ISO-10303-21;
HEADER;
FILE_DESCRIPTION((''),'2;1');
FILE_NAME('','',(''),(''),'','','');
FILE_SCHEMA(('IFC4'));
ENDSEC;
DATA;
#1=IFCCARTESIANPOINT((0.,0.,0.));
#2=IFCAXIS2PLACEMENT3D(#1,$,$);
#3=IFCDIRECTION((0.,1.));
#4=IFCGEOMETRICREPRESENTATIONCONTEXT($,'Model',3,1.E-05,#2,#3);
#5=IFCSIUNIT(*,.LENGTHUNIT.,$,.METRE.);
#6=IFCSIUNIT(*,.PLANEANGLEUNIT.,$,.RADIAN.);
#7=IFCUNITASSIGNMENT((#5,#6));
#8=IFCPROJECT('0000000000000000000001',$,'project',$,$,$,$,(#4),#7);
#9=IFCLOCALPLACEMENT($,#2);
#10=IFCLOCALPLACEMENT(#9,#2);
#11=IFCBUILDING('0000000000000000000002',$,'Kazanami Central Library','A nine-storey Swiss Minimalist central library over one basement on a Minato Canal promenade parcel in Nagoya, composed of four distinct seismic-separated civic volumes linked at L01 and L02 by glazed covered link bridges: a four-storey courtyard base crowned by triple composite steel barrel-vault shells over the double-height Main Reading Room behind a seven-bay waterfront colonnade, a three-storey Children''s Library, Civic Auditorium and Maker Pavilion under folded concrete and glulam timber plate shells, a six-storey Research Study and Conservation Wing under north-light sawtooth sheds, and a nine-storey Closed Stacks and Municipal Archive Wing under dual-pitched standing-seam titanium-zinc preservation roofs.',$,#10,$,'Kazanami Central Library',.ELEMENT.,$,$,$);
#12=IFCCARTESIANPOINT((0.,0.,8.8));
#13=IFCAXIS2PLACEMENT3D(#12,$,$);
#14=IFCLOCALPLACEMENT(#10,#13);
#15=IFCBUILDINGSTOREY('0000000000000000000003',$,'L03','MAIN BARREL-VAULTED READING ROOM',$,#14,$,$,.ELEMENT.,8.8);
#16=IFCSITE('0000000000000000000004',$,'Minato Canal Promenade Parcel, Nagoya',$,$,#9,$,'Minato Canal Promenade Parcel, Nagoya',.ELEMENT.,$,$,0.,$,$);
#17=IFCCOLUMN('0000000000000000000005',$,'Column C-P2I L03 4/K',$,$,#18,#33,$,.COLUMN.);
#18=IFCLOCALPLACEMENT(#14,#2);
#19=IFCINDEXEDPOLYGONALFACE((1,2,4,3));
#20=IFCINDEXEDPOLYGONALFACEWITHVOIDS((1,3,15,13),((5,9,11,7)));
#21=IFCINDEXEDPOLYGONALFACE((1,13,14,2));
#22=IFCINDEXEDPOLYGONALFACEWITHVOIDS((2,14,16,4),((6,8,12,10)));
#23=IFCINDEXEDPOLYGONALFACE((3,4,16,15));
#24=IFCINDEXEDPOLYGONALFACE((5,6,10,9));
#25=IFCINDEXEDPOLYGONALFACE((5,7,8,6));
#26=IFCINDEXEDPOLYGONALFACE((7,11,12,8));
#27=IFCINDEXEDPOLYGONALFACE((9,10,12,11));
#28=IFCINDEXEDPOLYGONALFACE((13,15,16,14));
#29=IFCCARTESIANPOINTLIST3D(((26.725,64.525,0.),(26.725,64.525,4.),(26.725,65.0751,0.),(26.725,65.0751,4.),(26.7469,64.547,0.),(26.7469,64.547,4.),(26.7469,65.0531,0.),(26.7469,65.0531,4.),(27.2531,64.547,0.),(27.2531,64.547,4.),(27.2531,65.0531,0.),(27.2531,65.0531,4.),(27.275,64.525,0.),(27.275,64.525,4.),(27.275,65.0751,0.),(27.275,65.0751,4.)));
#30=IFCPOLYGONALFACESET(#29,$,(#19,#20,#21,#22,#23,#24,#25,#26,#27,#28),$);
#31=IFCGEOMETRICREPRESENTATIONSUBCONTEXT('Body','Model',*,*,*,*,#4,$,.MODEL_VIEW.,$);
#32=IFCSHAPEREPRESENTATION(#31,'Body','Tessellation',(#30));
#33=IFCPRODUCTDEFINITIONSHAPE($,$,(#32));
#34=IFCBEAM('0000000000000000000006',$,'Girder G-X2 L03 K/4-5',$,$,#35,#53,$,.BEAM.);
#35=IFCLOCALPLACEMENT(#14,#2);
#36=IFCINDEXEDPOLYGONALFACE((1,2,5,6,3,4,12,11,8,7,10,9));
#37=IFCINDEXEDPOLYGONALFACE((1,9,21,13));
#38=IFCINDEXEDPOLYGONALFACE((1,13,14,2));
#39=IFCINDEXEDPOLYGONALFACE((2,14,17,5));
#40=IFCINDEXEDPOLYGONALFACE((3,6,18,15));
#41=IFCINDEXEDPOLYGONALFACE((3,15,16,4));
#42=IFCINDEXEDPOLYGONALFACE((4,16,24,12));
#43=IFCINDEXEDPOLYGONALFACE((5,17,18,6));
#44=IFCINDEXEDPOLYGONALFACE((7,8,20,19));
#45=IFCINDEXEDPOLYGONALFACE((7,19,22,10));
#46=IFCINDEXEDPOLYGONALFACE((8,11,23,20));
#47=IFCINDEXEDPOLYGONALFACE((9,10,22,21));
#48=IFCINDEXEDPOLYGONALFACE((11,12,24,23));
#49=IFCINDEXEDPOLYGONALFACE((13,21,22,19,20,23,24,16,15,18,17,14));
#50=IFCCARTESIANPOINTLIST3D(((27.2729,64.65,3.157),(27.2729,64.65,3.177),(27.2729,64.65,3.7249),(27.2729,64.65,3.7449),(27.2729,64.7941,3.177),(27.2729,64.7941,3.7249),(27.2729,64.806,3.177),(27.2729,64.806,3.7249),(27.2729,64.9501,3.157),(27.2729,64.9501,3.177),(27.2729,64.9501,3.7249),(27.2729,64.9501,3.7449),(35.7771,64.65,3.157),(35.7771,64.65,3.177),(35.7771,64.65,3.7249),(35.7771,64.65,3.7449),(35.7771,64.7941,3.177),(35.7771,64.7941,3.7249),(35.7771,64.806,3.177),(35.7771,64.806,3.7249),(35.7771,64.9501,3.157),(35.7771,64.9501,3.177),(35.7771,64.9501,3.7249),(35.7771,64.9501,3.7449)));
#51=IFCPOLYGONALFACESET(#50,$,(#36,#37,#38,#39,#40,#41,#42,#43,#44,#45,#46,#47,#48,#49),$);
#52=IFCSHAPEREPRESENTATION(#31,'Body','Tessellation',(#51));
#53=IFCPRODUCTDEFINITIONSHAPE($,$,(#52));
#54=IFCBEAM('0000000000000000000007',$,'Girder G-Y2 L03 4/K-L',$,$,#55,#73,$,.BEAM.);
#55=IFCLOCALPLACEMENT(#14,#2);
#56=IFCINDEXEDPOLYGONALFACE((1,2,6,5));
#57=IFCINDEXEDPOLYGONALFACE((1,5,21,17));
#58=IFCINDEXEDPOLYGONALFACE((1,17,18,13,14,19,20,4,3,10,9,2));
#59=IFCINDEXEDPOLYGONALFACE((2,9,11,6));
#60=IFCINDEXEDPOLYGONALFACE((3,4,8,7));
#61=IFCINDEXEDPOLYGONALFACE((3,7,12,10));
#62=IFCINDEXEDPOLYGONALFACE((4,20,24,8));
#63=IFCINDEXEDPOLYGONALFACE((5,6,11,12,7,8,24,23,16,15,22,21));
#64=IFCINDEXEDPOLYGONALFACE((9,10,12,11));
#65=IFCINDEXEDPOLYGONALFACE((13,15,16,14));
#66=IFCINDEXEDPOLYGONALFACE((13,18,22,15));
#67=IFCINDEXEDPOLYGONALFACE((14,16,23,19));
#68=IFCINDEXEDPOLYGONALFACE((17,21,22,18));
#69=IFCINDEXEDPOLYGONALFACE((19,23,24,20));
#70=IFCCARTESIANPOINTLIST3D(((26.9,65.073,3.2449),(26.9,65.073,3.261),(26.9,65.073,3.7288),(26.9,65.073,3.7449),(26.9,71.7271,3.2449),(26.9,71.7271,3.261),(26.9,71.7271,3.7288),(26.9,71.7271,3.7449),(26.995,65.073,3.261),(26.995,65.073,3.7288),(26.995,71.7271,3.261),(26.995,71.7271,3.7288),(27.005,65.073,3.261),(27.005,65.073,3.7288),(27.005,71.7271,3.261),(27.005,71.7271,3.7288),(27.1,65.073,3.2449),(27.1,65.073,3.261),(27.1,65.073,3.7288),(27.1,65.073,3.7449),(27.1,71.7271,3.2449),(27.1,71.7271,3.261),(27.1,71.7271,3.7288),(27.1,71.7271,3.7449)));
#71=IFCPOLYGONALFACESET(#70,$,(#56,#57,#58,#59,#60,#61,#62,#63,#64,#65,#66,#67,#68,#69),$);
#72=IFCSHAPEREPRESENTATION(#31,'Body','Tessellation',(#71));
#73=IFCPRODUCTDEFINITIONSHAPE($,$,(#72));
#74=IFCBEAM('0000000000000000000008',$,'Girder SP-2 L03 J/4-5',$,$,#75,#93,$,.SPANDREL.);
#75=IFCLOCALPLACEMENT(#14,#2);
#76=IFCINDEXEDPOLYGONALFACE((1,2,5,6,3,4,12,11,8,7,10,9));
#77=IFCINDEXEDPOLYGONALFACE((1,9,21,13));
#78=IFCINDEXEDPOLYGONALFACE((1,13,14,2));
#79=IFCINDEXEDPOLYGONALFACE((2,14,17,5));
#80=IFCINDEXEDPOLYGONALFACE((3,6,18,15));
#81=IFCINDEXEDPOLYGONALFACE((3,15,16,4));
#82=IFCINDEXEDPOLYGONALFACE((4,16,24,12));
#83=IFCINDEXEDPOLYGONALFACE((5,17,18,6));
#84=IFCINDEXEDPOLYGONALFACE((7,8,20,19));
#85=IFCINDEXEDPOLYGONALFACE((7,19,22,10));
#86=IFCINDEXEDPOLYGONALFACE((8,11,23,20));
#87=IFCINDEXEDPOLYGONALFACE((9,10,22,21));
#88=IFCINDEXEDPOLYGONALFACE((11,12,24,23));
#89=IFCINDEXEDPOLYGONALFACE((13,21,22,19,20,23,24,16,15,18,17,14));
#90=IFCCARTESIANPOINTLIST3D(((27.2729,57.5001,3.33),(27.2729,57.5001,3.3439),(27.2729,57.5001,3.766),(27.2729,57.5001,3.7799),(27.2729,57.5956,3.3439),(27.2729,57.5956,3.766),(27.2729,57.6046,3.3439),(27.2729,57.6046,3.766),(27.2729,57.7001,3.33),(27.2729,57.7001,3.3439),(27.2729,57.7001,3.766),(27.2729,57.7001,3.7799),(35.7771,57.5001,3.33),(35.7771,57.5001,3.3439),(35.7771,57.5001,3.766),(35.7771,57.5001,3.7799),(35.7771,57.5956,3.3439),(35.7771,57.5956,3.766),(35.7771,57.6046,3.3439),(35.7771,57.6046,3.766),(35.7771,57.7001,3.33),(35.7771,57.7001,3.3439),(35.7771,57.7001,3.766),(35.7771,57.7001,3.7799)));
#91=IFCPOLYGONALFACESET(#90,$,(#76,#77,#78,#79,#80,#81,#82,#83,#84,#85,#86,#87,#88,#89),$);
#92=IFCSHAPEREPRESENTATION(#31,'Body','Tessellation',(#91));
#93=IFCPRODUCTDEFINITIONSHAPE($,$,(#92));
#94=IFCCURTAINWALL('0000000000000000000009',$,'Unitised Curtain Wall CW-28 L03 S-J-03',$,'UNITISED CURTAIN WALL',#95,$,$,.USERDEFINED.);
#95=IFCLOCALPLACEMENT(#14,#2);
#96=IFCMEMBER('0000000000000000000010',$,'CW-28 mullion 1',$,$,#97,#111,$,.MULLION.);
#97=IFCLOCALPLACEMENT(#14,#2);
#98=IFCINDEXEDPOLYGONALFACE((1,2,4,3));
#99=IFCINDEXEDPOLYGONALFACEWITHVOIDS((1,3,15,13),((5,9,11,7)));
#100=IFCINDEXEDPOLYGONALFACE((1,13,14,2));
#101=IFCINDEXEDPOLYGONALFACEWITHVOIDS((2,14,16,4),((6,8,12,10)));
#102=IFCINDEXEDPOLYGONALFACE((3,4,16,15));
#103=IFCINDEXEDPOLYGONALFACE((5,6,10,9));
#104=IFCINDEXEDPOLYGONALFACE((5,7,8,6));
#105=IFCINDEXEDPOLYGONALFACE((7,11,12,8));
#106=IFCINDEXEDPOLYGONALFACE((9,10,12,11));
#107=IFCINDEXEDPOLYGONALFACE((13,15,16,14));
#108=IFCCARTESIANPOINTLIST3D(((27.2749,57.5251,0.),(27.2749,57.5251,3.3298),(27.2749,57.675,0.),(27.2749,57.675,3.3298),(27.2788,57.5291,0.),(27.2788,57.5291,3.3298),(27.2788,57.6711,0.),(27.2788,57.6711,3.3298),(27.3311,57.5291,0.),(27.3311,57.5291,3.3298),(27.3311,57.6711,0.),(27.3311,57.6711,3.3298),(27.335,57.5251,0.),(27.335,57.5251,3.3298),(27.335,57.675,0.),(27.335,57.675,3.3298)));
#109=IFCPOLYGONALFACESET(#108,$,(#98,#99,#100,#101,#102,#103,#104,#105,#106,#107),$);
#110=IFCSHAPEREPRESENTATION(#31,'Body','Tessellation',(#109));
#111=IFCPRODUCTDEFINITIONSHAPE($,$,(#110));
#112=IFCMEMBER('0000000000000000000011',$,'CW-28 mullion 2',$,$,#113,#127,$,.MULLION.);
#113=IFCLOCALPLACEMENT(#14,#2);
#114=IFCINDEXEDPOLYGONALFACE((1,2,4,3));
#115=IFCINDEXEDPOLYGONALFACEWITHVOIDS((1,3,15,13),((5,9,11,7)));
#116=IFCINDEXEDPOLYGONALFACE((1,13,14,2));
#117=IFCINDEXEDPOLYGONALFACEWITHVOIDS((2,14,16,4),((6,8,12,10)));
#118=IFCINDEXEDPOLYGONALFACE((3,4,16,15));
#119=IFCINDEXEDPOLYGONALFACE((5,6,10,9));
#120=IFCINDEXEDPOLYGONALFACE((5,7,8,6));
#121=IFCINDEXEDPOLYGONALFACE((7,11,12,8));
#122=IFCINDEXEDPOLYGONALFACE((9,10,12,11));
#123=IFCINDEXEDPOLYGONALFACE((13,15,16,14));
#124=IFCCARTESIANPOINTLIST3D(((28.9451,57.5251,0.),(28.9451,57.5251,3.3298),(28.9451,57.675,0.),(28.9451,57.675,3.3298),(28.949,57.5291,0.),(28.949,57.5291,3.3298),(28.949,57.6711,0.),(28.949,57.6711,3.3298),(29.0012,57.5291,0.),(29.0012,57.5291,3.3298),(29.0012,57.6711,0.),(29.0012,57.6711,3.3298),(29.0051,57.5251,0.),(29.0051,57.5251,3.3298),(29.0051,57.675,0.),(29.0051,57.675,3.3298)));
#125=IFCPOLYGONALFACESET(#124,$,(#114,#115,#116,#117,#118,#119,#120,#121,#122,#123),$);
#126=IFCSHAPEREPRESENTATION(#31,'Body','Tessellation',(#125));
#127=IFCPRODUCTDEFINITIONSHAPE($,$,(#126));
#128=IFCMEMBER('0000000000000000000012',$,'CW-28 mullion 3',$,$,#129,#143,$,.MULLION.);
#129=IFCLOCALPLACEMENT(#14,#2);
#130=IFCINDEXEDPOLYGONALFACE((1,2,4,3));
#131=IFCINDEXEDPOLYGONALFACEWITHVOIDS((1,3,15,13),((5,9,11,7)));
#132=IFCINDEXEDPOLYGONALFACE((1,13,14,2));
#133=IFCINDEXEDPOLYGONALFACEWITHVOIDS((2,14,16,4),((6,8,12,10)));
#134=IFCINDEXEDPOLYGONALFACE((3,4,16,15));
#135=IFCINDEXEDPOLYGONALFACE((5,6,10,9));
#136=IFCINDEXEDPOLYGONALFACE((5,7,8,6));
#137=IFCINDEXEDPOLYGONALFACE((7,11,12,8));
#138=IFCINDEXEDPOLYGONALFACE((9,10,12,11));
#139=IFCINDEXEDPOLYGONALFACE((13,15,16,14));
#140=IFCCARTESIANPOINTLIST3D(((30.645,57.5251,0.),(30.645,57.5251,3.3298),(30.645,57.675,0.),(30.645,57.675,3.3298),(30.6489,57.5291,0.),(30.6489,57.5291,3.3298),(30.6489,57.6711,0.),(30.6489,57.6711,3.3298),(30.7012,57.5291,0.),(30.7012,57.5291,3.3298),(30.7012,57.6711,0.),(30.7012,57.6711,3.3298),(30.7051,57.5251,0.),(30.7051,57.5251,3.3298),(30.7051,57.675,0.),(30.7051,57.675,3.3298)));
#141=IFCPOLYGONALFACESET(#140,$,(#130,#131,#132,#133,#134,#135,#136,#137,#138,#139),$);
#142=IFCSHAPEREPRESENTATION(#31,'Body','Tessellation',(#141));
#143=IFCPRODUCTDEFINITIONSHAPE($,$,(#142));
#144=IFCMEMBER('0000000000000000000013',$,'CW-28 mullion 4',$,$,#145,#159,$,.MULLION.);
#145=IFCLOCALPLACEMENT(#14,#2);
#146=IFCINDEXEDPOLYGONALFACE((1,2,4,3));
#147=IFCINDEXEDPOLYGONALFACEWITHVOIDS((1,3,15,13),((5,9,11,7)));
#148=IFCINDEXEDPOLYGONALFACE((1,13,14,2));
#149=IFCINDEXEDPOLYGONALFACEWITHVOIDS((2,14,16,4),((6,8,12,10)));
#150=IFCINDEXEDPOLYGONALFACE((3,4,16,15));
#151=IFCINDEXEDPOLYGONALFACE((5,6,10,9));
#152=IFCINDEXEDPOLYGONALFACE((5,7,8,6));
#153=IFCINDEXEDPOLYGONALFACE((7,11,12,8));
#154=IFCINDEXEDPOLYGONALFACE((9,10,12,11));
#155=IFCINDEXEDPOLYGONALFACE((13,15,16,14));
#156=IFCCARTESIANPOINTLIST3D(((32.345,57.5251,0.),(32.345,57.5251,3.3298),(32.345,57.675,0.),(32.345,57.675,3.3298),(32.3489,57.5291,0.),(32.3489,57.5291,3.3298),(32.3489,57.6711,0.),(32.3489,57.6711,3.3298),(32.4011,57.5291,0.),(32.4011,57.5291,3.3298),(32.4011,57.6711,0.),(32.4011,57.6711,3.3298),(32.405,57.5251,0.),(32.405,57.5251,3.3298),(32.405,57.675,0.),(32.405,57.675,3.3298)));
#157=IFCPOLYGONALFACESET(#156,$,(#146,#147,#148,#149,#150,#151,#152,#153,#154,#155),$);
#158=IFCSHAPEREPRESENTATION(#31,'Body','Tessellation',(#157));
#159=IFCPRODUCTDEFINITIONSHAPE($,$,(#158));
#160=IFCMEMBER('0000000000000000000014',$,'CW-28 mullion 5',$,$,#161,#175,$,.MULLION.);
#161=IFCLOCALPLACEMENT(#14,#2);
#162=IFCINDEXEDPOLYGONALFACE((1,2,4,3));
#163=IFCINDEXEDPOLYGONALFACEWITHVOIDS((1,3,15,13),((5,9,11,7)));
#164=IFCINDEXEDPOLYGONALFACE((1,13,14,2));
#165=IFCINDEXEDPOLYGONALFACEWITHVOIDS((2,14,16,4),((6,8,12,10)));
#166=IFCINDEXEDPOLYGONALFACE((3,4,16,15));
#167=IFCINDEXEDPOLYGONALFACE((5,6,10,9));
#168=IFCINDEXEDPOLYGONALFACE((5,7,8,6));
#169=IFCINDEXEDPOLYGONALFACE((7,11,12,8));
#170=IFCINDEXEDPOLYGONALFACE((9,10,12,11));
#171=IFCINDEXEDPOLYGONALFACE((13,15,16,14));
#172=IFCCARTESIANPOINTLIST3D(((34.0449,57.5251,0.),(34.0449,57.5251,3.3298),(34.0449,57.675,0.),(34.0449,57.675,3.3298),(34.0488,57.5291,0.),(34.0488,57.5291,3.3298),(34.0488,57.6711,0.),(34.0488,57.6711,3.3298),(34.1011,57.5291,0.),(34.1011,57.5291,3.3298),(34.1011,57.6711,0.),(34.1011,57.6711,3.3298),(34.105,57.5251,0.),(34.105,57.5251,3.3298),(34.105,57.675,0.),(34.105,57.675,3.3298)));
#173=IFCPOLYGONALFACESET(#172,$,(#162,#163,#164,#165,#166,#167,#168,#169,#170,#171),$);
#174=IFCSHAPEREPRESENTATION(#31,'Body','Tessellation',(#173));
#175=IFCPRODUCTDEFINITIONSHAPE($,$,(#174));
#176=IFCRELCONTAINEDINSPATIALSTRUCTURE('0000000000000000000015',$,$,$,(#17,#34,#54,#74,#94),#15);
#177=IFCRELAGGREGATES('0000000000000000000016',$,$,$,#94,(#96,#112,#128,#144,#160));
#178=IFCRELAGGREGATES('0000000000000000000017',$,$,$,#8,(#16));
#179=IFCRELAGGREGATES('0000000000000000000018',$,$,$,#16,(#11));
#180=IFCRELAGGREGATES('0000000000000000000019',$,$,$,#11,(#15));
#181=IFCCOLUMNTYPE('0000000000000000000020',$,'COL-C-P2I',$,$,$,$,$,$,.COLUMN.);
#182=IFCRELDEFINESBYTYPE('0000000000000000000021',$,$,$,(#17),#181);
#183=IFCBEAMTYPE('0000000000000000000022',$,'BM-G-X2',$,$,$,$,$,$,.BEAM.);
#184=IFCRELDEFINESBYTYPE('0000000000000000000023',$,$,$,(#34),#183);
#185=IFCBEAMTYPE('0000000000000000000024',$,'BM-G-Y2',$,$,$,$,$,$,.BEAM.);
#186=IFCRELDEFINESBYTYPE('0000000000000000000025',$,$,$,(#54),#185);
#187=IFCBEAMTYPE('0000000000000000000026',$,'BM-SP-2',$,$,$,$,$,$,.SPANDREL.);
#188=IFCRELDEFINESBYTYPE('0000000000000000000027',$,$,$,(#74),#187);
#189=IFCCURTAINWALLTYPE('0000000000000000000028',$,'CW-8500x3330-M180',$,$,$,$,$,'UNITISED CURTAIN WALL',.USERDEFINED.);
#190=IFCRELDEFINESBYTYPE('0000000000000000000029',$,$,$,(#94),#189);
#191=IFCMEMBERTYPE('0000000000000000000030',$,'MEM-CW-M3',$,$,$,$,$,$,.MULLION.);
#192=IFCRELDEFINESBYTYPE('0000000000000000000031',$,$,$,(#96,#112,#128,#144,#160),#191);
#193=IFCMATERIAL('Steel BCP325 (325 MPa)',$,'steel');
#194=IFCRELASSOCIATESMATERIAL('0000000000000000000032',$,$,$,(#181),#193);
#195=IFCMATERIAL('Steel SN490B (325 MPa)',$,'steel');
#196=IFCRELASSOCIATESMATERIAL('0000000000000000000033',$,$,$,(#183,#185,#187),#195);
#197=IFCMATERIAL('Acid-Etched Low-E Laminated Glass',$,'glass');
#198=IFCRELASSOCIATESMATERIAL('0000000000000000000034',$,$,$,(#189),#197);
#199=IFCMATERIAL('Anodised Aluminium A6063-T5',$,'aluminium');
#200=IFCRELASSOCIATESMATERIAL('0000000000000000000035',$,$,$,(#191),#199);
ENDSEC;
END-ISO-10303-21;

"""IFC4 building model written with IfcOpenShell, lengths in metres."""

from ifc_helpers import new_model, si_unit, direction, frame, origin, origin_2d, place, context, subcontext, project, spatial, hollow_rectangle, i_section, extrude, material, material_profile, profile_set, type_object, element, aggregate, save


model = new_model("IFC4")

# Units and contexts
model_context = context("Model", 3, precision=1e-05, world=origin(), true_north=direction((0.0, 1.0)))
body_context = subcontext(model_context, "Body", "Model", "MODEL_VIEW")
ifc_project = project(units=[si_unit("LENGTHUNIT", "METRE"), si_unit("PLANEANGLEUNIT", "RADIAN")], contexts=[model_context])

# Site, building, storey
site_placement = place(None, origin())
site = spatial("IfcSite", under=ifc_project, at=site_placement, Name="Minato Canal Promenade Parcel, Nagoya", LongName="Minato Canal Promenade Parcel, Nagoya", CompositionType="ELEMENT", RefElevation=0.0)
building_placement = place(site_placement, origin())
building = spatial("IfcBuilding", under=site, at=building_placement, Name="Kazanami Central Library", Description="A nine-storey Swiss Minimalist central library over one basement on a Minato Canal promenade parcel in Nagoya, composed of four distinct seismic-separated civic volumes linked at L01 and L02 by glazed covered link bridges: a four-storey courtyard base crowned by triple composite steel barrel-vault shells over the double-height Main Reading Room behind a seven-bay waterfront colonnade, a three-storey Children's Library, Civic Auditorium and Maker Pavilion under folded concrete and glulam timber plate shells, a six-storey Research Study and Conservation Wing under north-light sawtooth sheds, and a nine-storey Closed Stacks and Municipal Archive Wing under dual-pitched standing-seam titanium-zinc preservation roofs.", LongName="Kazanami Central Library", CompositionType="ELEMENT")
storey_placement = place(building_placement, frame((0.0, 0.0, 8.8)))
storey = spatial("IfcBuildingStorey", under=building, at=storey_placement, Name="L03", Description="MAIN BARREL-VAULTED READING ROOM", CompositionType="ELEMENT", Elevation=8.8)

# Column
ifc_material_1 = material(Name="Steel BCP325 (325 MPa)", Category="steel")
ifc_material_profile_1 = material_profile(ifc_material_1, hollow_rectangle(XDim=0.55, YDim=0.55, WallThickness=0.022, at=origin_2d()), Name="BCP-550x550x22")
ifc_profile_set_1 = profile_set([ifc_material_profile_1], Name="Steel BCP325 (325 MPa)")
column_type = type_object("IfcColumnType", Name="COL-C-P2I", PredefinedType="COLUMN", material=ifc_profile_set_1)
column_placement = place(storey_placement, frame((27.0, 64.8, 0.0), z_axis=(0.0, 0.0, 1.0), x_axis=(1.0, 0.0, 0.0)))
element("IfcColumn", 1, at=column_placement, inside=storey, type_object=column_type, Name="Column C-P2I L03 4/K", PredefinedType="COLUMN", context=body_context, shape_type="SweptSolid", body=[
    extrude(hollow_rectangle(XDim=0.55, YDim=0.55, WallThickness=0.022, at=origin_2d()), origin(), (0.0, 0.0, 1.0), 4.0),
])

# Beams
ifc_material_2 = material(Name="Steel SN490B (325 MPa)", Category="steel")
ifc_material_profile_2 = material_profile(ifc_material_2, i_section(OverallWidth=0.3, OverallDepth=0.5879, WebThickness=0.012, FlangeThickness=0.02, at=origin_2d()), Name="H-588x300x12x20")
ifc_profile_set_2 = profile_set([ifc_material_profile_2], Name="Steel SN490B (325 MPa)")
beam_type_1 = type_object("IfcBeamType", Name="BM-G-X2", PredefinedType="BEAM", material=ifc_profile_set_2)
beam_1_placement = place(storey_placement, frame((27.2729, 64.8, 3.4509), z_axis=(1.0, 0.0, 0.0), x_axis=(0.0, 1.0, 0.0)))
element("IfcBeam", 2, at=beam_1_placement, inside=storey, type_object=beam_type_1, Name="Girder G-X2 L03 K/4-5", PredefinedType="BEAM", context=body_context, shape_type="SweptSolid", body=[
    extrude(i_section(OverallWidth=0.3, OverallDepth=0.5879, WebThickness=0.012, FlangeThickness=0.02, at=origin_2d()), origin(), (0.0, 0.0, 1.0), 8.5042),
])
ifc_material_profile_3 = material_profile(ifc_material_2, i_section(OverallWidth=0.2, OverallDepth=0.5, WebThickness=0.01, FlangeThickness=0.0161, at=origin_2d()), Name="H-500x200x10x16")
ifc_profile_set_3 = profile_set([ifc_material_profile_3], Name="Steel SN490B (325 MPa)")
beam_type_2 = type_object("IfcBeamType", Name="BM-G-Y2", PredefinedType="BEAM", material=ifc_profile_set_3)
beam_2_placement = place(storey_placement, frame((27.0, 65.073, 3.4949), z_axis=(0.0, 1.0, 0.0), x_axis=(-1.0, 0.0, 0.0)))
element("IfcBeam", 3, at=beam_2_placement, inside=storey, type_object=beam_type_2, Name="Girder G-Y2 L03 4/K-L", PredefinedType="BEAM", context=body_context, shape_type="SweptSolid", body=[
    extrude(i_section(OverallWidth=0.2, OverallDepth=0.5, WebThickness=0.01, FlangeThickness=0.0161, at=origin_2d()), origin(), (0.0, 0.0, 1.0), 6.6541),
])
ifc_material_profile_4 = material_profile(ifc_material_2, i_section(OverallWidth=0.2, OverallDepth=0.45, WebThickness=0.009, FlangeThickness=0.0139, at=origin_2d()), Name="H-450x200x9x14")
ifc_profile_set_4 = profile_set([ifc_material_profile_4], Name="Steel SN490B (325 MPa)")
beam_type_3 = type_object("IfcBeamType", Name="BM-SP-2", PredefinedType="SPANDREL", material=ifc_profile_set_4)
beam_3_placement = place(storey_placement, frame((27.2729, 57.6001, 3.5549), z_axis=(1.0, 0.0, 0.0), x_axis=(0.0, 1.0, 0.0)))
element("IfcBeam", 4, at=beam_3_placement, inside=storey, type_object=beam_type_3, Name="Girder SP-2 L03 J/4-5", PredefinedType="SPANDREL", context=body_context, shape_type="SweptSolid", body=[
    extrude(i_section(OverallWidth=0.2, OverallDepth=0.45, WebThickness=0.009, FlangeThickness=0.0139, at=origin_2d()), origin(), (0.0, 0.0, 1.0), 8.5042),
])

# Curtain wall, members
ifc_material_3 = material(Name="Acid-Etched Low-E Laminated Glass", Category="glass")
curtain_wall_type = type_object("IfcCurtainWallType", Name="CW-8500x3330-M180", ElementType="UNITISED CURTAIN WALL", PredefinedType="USERDEFINED", material=ifc_material_3)
curtain_wall_placement = place(storey_placement, origin())
curtain_wall = element("IfcCurtainWall", 5, at=curtain_wall_placement, inside=storey, type_object=curtain_wall_type, Name="Unitised Curtain Wall CW-28 L03 S-J-03", ObjectType="UNITISED CURTAIN WALL", PredefinedType="USERDEFINED")
ifc_material_4 = material(Name="Anodised Aluminium A6063-T5", Category="aluminium")
ifc_material_profile_5 = material_profile(ifc_material_4, hollow_rectangle(XDim=0.0601, YDim=0.1499, WallThickness=0.0039, at=origin_2d()), Name="ALU-MULL-60x150x4")
ifc_profile_set_5 = profile_set([ifc_material_profile_5], Name="Anodised Aluminium A6063-T5")
member_type_1 = type_object("IfcMemberType", Name="MEM-CW-M3", PredefinedType="MULLION", material=ifc_profile_set_5)
member_1_placement = place(storey_placement, frame((27.3049, 57.6001, 0.0), z_axis=(0.0, 0.0, 1.0), x_axis=(1.0, 0.0, 0.0)))
member_1 = element("IfcMember", 6, at=member_1_placement, type_object=member_type_1, Name="CW-28 mullion 1", PredefinedType="MULLION", context=body_context, shape_type="SweptSolid", body=[
    extrude(hollow_rectangle(XDim=0.0601, YDim=0.1499, WallThickness=0.0039, at=origin_2d()), origin(), (0.0, 0.0, 1.0), 3.3298),
])
member_2_placement = place(storey_placement, frame((28.9751, 57.6001, 0.0), z_axis=(0.0, 0.0, 1.0), x_axis=(1.0, 0.0, 0.0)))
member_2 = element("IfcMember", 7, at=member_2_placement, type_object=member_type_1, Name="CW-28 mullion 2", PredefinedType="MULLION", context=body_context, shape_type="SweptSolid", body=[
    extrude(hollow_rectangle(XDim=0.0601, YDim=0.1499, WallThickness=0.0039, at=origin_2d()), origin(), (0.0, 0.0, 1.0), 3.3298),
])
member_3_placement = place(storey_placement, frame((30.675, 57.6001, 0.0), z_axis=(0.0, 0.0, 1.0), x_axis=(1.0, 0.0, 0.0)))
member_3 = element("IfcMember", 8, at=member_3_placement, type_object=member_type_1, Name="CW-28 mullion 3", PredefinedType="MULLION", context=body_context, shape_type="SweptSolid", body=[
    extrude(hollow_rectangle(XDim=0.0601, YDim=0.1499, WallThickness=0.0039, at=origin_2d()), origin(), (0.0, 0.0, 1.0), 3.3298),
])
member_4_placement = place(storey_placement, frame((32.375, 57.6001, 0.0), z_axis=(0.0, 0.0, 1.0), x_axis=(1.0, 0.0, 0.0)))
member_4 = element("IfcMember", 9, at=member_4_placement, type_object=member_type_1, Name="CW-28 mullion 4", PredefinedType="MULLION", context=body_context, shape_type="SweptSolid", body=[
    extrude(hollow_rectangle(XDim=0.0601, YDim=0.1499, WallThickness=0.0039, at=origin_2d()), origin(), (0.0, 0.0, 1.0), 3.3298),
])
member_5_placement = place(storey_placement, frame((34.075, 57.6001, 0.0), z_axis=(0.0, 0.0, 1.0), x_axis=(1.0, 0.0, 0.0)))
member_5 = element("IfcMember", 10, at=member_5_placement, type_object=member_type_1, Name="CW-28 mullion 5", PredefinedType="MULLION", context=body_context, shape_type="SweptSolid", body=[
    extrude(hollow_rectangle(XDim=0.0601, YDim=0.1499, WallThickness=0.0039, at=origin_2d()), origin(), (0.0, 0.0, 1.0), 3.3298),
])
aggregate(curtain_wall, [member_1, member_2, member_3, member_4, member_5])

save(model, "model.ifc")
